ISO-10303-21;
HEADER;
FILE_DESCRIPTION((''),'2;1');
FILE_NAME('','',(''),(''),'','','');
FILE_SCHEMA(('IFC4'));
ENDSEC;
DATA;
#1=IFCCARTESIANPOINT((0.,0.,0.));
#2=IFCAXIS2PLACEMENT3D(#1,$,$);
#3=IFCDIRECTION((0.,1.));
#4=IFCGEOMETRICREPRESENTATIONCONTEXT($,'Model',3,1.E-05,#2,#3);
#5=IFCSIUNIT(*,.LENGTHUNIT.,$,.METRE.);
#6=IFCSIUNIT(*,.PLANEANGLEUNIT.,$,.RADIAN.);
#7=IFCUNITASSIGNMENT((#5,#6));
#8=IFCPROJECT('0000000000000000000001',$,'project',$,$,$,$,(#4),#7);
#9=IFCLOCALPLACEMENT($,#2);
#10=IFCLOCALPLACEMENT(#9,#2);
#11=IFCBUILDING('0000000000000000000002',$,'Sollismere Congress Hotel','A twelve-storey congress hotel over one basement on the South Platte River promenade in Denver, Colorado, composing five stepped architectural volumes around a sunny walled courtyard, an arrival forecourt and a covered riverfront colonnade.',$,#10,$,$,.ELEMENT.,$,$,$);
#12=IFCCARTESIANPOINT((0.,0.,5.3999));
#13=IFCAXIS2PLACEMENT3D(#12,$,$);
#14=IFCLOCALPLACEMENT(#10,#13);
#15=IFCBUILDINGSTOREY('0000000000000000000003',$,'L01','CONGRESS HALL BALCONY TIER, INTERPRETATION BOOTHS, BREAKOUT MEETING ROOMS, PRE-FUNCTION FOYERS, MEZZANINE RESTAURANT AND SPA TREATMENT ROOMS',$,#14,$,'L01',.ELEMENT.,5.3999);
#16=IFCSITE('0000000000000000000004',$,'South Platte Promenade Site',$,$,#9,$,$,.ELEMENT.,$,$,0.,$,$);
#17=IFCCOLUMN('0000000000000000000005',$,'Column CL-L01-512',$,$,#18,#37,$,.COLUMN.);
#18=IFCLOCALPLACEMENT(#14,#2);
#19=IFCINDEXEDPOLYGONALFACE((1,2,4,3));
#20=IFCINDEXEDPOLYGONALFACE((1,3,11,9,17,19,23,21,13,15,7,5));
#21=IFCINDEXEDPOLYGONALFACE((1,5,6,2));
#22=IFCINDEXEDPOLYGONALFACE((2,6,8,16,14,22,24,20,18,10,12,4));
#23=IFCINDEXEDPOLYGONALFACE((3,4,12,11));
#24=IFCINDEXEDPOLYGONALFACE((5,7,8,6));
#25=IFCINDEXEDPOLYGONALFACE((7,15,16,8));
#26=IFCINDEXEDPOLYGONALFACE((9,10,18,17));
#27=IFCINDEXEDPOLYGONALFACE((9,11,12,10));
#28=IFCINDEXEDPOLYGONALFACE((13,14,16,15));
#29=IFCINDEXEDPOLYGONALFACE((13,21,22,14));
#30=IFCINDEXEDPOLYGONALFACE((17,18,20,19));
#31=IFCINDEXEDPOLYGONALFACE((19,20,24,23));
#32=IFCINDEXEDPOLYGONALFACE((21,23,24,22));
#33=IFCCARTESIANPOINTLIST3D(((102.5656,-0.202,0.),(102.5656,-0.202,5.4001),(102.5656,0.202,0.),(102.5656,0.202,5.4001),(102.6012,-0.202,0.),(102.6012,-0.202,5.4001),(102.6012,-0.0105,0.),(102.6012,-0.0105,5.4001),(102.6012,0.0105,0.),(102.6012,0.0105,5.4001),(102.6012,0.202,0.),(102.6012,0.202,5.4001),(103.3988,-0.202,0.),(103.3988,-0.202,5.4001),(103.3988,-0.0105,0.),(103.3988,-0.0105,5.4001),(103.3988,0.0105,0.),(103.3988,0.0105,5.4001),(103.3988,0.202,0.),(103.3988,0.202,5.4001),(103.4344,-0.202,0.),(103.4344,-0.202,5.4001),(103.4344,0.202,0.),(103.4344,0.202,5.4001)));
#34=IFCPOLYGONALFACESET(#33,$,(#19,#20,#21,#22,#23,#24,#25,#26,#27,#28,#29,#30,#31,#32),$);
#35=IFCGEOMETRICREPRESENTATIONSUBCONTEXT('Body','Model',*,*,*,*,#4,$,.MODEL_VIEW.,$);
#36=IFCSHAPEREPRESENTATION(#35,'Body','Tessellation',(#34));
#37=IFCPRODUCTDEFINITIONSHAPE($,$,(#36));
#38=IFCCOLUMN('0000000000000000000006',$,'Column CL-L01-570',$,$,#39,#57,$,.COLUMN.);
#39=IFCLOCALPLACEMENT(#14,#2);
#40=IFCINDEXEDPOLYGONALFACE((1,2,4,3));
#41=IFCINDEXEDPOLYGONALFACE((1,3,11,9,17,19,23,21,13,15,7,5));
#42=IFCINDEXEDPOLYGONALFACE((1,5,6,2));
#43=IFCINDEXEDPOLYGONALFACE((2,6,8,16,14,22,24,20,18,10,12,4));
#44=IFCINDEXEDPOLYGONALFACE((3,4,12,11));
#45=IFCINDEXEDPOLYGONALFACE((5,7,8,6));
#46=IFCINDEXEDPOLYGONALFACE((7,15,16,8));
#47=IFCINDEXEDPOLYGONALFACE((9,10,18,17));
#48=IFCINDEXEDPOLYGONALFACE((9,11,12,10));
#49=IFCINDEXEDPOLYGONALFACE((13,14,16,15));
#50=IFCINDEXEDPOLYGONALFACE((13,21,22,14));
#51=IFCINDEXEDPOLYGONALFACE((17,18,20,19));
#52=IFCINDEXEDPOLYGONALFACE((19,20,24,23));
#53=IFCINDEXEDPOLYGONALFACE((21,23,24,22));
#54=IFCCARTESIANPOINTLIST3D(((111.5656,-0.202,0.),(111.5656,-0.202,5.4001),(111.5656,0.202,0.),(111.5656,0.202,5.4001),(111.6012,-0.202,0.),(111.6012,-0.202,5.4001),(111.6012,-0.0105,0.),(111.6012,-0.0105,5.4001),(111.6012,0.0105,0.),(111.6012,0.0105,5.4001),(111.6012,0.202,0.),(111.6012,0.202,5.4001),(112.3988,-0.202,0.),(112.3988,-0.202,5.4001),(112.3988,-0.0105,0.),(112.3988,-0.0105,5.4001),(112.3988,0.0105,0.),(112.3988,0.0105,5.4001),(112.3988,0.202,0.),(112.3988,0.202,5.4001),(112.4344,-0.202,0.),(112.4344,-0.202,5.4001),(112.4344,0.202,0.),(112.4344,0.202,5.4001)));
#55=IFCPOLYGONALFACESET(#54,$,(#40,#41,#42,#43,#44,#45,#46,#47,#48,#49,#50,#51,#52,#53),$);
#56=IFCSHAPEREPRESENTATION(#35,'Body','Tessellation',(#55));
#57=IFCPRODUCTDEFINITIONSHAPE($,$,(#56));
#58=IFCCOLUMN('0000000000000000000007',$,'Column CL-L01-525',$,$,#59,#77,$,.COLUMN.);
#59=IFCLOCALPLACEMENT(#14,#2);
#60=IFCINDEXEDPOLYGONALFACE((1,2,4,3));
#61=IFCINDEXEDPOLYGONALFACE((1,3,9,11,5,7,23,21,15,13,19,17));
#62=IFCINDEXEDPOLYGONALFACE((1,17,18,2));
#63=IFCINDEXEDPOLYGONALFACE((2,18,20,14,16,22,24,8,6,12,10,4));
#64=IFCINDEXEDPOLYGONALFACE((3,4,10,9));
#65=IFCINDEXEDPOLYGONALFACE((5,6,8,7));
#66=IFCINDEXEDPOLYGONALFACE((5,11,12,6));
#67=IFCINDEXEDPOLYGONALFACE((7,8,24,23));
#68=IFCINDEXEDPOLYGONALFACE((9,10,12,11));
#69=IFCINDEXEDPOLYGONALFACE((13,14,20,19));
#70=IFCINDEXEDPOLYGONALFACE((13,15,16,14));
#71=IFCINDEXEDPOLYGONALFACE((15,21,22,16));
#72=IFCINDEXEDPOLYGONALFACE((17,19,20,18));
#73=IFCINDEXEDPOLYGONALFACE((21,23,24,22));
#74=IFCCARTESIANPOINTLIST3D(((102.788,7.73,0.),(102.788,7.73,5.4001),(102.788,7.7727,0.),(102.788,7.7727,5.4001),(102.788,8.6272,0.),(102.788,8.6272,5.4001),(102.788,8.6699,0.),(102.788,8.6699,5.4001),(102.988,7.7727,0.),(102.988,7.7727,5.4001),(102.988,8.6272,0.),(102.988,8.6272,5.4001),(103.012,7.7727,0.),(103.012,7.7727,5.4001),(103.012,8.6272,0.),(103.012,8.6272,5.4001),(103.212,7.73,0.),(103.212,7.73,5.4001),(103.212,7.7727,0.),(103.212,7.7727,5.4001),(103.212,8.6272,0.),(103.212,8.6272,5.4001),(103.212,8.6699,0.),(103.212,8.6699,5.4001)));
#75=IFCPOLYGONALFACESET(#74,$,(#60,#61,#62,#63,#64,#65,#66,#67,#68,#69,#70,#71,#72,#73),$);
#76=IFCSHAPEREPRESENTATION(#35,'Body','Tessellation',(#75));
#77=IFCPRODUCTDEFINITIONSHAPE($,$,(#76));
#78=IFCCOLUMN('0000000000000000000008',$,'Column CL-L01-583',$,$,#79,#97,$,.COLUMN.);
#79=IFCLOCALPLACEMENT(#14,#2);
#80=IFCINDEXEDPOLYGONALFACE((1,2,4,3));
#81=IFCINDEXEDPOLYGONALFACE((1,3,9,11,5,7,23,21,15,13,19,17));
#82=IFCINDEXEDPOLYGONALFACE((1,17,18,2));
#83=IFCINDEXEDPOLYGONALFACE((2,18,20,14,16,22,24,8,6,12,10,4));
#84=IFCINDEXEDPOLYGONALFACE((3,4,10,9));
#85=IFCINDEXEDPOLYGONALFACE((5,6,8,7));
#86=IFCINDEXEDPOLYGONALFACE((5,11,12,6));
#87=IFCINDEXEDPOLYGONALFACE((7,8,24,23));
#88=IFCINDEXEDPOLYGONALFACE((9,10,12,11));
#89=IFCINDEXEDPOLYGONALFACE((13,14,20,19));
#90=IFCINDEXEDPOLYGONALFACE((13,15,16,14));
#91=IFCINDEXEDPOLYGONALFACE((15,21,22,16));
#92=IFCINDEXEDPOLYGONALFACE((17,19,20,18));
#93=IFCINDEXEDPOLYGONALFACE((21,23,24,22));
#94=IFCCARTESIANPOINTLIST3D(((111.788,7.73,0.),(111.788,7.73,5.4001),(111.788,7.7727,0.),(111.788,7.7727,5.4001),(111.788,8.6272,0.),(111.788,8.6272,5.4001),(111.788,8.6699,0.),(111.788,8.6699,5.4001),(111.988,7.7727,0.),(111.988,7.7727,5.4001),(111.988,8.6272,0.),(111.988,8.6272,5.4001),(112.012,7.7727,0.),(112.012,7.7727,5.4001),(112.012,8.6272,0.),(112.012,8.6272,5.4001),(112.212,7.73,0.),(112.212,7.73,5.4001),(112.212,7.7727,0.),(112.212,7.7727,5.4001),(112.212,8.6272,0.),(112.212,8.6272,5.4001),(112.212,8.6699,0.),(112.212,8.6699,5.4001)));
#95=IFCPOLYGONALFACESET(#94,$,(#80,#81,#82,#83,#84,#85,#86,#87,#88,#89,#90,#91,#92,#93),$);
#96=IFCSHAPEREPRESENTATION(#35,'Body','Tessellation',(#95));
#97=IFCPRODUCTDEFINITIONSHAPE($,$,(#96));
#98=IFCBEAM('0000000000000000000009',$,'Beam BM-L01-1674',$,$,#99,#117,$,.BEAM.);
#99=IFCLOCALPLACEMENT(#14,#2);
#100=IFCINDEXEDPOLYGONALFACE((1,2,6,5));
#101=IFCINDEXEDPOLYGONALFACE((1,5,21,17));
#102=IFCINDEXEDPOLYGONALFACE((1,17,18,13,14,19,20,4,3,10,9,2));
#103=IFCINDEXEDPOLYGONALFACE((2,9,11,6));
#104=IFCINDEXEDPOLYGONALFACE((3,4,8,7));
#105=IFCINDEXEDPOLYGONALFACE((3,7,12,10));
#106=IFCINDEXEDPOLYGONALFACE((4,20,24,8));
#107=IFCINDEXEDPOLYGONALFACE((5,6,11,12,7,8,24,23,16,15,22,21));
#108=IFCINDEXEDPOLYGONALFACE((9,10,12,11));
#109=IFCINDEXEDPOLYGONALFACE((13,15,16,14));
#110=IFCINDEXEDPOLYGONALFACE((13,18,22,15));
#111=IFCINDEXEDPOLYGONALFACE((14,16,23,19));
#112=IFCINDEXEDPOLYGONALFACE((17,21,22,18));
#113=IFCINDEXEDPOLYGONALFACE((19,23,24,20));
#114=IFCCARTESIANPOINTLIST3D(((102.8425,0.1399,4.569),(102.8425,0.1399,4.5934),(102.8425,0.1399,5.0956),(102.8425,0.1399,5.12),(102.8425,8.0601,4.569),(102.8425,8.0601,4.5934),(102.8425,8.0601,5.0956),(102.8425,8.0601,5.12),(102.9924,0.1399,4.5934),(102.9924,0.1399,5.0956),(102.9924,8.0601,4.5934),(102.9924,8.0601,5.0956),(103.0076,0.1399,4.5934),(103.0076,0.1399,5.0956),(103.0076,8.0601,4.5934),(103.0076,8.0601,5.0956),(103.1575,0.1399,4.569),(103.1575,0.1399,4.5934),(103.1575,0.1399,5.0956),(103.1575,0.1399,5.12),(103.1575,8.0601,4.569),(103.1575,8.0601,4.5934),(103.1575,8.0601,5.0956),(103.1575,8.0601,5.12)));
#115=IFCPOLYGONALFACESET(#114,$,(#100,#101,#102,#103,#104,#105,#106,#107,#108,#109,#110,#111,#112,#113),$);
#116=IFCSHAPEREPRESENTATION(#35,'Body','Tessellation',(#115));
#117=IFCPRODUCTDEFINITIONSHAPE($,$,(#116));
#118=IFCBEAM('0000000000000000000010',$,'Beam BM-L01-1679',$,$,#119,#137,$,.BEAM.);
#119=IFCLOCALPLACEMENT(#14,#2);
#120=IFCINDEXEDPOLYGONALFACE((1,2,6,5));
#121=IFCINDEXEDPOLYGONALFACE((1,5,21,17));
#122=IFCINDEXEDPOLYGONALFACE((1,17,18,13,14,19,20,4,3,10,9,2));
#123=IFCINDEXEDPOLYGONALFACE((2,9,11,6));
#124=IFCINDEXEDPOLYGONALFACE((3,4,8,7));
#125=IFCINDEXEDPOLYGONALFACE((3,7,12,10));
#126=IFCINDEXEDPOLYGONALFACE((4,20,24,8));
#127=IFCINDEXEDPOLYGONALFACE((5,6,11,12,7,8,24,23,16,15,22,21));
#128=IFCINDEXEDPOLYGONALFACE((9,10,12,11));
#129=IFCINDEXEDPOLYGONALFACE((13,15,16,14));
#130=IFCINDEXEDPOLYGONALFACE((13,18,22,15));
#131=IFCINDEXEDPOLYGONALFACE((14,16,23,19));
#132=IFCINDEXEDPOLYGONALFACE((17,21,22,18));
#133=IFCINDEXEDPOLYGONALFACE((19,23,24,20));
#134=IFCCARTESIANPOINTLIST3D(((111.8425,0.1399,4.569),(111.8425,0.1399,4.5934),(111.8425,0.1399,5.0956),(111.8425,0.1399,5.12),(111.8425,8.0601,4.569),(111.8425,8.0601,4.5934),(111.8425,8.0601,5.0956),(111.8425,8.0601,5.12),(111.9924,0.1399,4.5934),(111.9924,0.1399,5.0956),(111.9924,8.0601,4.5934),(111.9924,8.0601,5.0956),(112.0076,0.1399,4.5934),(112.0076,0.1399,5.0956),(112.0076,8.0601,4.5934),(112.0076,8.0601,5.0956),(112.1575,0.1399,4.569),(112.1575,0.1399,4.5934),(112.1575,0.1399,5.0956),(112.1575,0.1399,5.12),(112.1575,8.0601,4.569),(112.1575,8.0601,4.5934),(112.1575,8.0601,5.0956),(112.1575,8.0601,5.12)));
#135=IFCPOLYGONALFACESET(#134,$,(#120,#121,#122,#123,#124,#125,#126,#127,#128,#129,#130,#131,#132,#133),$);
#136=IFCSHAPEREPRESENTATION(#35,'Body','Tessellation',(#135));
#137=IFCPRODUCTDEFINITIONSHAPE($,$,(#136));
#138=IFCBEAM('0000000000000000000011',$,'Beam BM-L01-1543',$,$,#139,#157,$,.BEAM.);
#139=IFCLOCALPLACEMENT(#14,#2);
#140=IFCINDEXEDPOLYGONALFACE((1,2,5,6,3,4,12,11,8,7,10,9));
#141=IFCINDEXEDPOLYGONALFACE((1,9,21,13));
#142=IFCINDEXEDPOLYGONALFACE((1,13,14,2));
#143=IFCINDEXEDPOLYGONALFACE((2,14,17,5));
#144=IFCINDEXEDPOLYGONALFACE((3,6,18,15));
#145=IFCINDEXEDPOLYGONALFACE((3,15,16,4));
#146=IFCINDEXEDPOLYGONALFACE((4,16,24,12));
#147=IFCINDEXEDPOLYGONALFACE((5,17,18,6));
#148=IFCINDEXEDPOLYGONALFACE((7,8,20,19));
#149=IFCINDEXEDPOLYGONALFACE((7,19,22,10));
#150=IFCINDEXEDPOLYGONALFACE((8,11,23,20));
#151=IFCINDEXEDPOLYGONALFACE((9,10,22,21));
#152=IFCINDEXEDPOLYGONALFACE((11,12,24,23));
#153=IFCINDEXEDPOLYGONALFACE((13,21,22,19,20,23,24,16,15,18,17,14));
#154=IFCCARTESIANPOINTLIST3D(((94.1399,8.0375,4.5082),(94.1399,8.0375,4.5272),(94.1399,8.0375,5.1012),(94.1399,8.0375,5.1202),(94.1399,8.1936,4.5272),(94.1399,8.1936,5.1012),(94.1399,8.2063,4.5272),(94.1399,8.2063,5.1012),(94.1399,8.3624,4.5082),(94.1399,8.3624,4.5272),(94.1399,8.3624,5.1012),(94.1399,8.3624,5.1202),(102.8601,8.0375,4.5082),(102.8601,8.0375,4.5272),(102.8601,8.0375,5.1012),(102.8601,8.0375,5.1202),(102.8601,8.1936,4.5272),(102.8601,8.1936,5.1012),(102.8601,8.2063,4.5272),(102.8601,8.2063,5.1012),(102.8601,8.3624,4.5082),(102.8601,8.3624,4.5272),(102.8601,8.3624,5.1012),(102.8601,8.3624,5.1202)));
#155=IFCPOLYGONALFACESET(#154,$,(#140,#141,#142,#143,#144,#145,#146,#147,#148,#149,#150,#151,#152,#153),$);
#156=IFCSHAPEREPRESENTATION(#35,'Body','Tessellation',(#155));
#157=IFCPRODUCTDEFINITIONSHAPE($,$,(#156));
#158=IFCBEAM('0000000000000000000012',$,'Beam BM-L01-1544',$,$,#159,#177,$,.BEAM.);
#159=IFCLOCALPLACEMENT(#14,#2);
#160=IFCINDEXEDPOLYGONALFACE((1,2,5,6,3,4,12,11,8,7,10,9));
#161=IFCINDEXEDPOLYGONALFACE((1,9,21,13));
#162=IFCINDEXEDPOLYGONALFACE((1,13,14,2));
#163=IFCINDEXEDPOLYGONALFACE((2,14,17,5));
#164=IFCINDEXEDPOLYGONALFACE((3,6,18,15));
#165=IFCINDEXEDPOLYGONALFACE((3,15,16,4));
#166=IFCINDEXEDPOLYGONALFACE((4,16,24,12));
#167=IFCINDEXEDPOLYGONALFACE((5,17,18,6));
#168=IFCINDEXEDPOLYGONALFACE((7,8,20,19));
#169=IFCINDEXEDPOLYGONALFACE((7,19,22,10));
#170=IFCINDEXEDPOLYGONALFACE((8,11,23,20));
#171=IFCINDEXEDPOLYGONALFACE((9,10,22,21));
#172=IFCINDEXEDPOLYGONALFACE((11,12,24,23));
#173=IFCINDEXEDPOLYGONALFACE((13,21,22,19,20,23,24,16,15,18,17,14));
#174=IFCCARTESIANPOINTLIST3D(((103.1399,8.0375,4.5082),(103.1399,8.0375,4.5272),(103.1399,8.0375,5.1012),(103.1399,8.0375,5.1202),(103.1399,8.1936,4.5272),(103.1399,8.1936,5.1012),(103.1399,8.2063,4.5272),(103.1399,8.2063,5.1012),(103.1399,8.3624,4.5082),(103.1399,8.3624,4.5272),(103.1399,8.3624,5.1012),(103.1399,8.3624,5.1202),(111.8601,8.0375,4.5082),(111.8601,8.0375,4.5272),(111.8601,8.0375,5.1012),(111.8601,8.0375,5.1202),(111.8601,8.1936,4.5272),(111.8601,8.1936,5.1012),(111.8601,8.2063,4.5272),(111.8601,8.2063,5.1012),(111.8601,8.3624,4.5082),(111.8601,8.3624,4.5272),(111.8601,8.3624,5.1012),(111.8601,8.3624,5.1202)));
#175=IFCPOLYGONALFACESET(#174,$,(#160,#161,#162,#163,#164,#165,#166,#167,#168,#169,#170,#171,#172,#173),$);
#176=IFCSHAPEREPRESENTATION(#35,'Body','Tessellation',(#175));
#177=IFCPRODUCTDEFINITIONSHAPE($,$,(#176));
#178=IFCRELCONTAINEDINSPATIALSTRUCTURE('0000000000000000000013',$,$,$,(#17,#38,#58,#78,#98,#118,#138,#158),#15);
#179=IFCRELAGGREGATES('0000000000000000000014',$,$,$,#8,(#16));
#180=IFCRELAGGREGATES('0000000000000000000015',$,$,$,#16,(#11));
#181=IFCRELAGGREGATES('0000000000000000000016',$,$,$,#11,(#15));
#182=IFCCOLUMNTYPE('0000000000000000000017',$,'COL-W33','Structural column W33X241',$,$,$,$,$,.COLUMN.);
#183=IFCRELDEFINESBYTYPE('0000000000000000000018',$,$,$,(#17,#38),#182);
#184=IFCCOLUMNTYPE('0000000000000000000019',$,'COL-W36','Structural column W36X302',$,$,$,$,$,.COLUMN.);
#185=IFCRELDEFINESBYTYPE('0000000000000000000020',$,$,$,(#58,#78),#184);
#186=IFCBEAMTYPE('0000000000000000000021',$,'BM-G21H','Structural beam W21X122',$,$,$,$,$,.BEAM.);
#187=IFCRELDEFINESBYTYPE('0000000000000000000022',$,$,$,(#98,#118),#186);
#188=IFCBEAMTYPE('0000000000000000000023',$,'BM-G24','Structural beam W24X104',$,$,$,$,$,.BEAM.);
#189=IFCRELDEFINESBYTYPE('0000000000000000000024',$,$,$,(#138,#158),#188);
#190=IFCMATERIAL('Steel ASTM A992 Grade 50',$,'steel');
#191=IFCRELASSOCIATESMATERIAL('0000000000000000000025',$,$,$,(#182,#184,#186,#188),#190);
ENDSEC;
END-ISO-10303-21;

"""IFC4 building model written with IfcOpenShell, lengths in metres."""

from ifc_helpers import new_model, si_unit, direction, frame, origin, origin_2d, place, context, subcontext, project, spatial, i_section, extrude, material, material_profile, profile_set, type_object, element, save


model = new_model("IFC4")

# Units and contexts
model_context = context("Model", 3, precision=1e-05, world=origin(), true_north=direction((0.0, 1.0)))
body_context = subcontext(model_context, "Body", "Model", "MODEL_VIEW")
ifc_project = project(units=[si_unit("LENGTHUNIT", "METRE"), si_unit("PLANEANGLEUNIT", "RADIAN")], contexts=[model_context])

# Site, building, storey
site_placement = place(None, origin())
site = spatial("IfcSite", under=ifc_project, at=site_placement, Name="South Platte Promenade Site", CompositionType="ELEMENT", RefElevation=0.0)
building_placement = place(site_placement, origin())
building = spatial("IfcBuilding", under=site, at=building_placement, Name="Sollismere Congress Hotel", Description="A twelve-storey congress hotel over one basement on the South Platte River promenade in Denver, Colorado, composing five stepped architectural volumes around a sunny walled courtyard, an arrival forecourt and a covered riverfront colonnade.", CompositionType="ELEMENT")
storey_placement = place(building_placement, frame((0.0, 0.0, 5.3999)))
storey = spatial("IfcBuildingStorey", under=building, at=storey_placement, Name="L01", Description="CONGRESS HALL BALCONY TIER, INTERPRETATION BOOTHS, BREAKOUT MEETING ROOMS, PRE-FUNCTION FOYERS, MEZZANINE RESTAURANT AND SPA TREATMENT ROOMS", LongName="L01", CompositionType="ELEMENT", Elevation=5.3999)

# Columns
ifc_material_1 = material(Name="Steel ASTM A992 Grade 50", Category="steel")
ifc_material_profile_1 = material_profile(ifc_material_1, i_section(OverallWidth=0.4041, OverallDepth=0.8689, WebThickness=0.021, FlangeThickness=0.0356, at=origin_2d()), Name="W33X241")
ifc_profile_set_1 = profile_set([ifc_material_profile_1], Name="Steel ASTM A992 Grade 50")
column_type_1 = type_object("IfcColumnType", Name="COL-W33", Description="Structural column W33X241", PredefinedType="COLUMN", material=ifc_profile_set_1)
for number, where, z_axis, x_axis, name in (
    (1, (103.0, 0.0, 0.0), (0.0, 0.0, 1.0), (0.0, 1.0, 0.0), "Column CL-L01-512"),
    (2, (112.0, 0.0, 0.0), (0.0, 0.0, 1.0), (0.0, 1.0, 0.0), "Column CL-L01-570"),
):
    element("IfcColumn", number, at=place(storey_placement, frame(where, z_axis=z_axis, x_axis=x_axis)), inside=storey, type_object=column_type_1, Name=name, PredefinedType="COLUMN", context=body_context, shape_type="SweptSolid", body=[
        extrude(i_section(OverallWidth=0.4041, OverallDepth=0.8689, WebThickness=0.021, FlangeThickness=0.0356, at=origin_2d()), origin(), (0.0, 0.0, 1.0), 5.4001),
    ])
ifc_material_profile_2 = material_profile(ifc_material_1, i_section(OverallWidth=0.4241, OverallDepth=0.9399, WebThickness=0.0239, FlangeThickness=0.0427, at=origin_2d()), Name="W36X302")
ifc_profile_set_2 = profile_set([ifc_material_profile_2], Name="Steel ASTM A992 Grade 50")
column_type_2 = type_object("IfcColumnType", Name="COL-W36", Description="Structural column W36X302", PredefinedType="COLUMN", material=ifc_profile_set_2)
for number, where, z_axis, x_axis, name in (
    (3, (103.0, 8.2, 0.0), (0.0, 0.0, 1.0), (1.0, 0.0, 0.0), "Column CL-L01-525"),
    (4, (112.0, 8.2, 0.0), (0.0, 0.0, 1.0), (1.0, 0.0, 0.0), "Column CL-L01-583"),
):
    element("IfcColumn", number, at=place(storey_placement, frame(where, z_axis=z_axis, x_axis=x_axis)), inside=storey, type_object=column_type_2, Name=name, PredefinedType="COLUMN", context=body_context, shape_type="SweptSolid", body=[
        extrude(i_section(OverallWidth=0.4241, OverallDepth=0.9399, WebThickness=0.0239, FlangeThickness=0.0427, at=origin_2d()), origin(), (0.0, 0.0, 1.0), 5.4001),
    ])

# Beams
ifc_material_profile_3 = material_profile(ifc_material_1, i_section(OverallWidth=0.3149, OverallDepth=0.551, WebThickness=0.0151, FlangeThickness=0.0244, at=origin_2d()), Name="W21X122")
ifc_profile_set_3 = profile_set([ifc_material_profile_3], Name="Steel ASTM A992 Grade 50")
beam_type_1 = type_object("IfcBeamType", Name="BM-G21H", Description="Structural beam W21X122", PredefinedType="BEAM", material=ifc_profile_set_3)
for number, where, z_axis, x_axis, name in (
    (5, (103.0, 0.1399, 4.8445), (0.0, 1.0, 0.0), (-1.0, 0.0, 0.0), "Beam BM-L01-1674"),
    (6, (112.0, 0.1399, 4.8445), (0.0, 1.0, 0.0), (-1.0, 0.0, 0.0), "Beam BM-L01-1679"),
):
    element("IfcBeam", number, at=place(storey_placement, frame(where, z_axis=z_axis, x_axis=x_axis)), inside=storey, type_object=beam_type_1, Name=name, PredefinedType="BEAM", context=body_context, shape_type="SweptSolid", body=[
        extrude(i_section(OverallWidth=0.3149, OverallDepth=0.551, WebThickness=0.0151, FlangeThickness=0.0244, at=origin_2d()), origin(), (0.0, 0.0, 1.0), 7.9202),
    ])
ifc_material_profile_4 = material_profile(ifc_material_1, i_section(OverallWidth=0.325, OverallDepth=0.6121, WebThickness=0.0127, FlangeThickness=0.019, at=origin_2d()), Name="W24X104")
ifc_profile_set_4 = profile_set([ifc_material_profile_4], Name="Steel ASTM A992 Grade 50")
beam_type_2 = type_object("IfcBeamType", Name="BM-G24", Description="Structural beam W24X104", PredefinedType="BEAM", material=ifc_profile_set_4)
for number, where, z_axis, x_axis, name in (
    (7, (94.1399, 8.2, 4.8142), (1.0, 0.0, 0.0), (0.0, 1.0, 0.0), "Beam BM-L01-1543"),
    (8, (103.1399, 8.2, 4.8142), (1.0, 0.0, 0.0), (0.0, 1.0, 0.0), "Beam BM-L01-1544"),
):
    element("IfcBeam", number, at=place(storey_placement, frame(where, z_axis=z_axis, x_axis=x_axis)), inside=storey, type_object=beam_type_2, Name=name, PredefinedType="BEAM", context=body_context, shape_type="SweptSolid", body=[
        extrude(i_section(OverallWidth=0.325, OverallDepth=0.6121, WebThickness=0.0127, FlangeThickness=0.019, at=origin_2d()), origin(), (0.0, 0.0, 1.0), 8.7202),
    ])

save(model, "model.ifc")
